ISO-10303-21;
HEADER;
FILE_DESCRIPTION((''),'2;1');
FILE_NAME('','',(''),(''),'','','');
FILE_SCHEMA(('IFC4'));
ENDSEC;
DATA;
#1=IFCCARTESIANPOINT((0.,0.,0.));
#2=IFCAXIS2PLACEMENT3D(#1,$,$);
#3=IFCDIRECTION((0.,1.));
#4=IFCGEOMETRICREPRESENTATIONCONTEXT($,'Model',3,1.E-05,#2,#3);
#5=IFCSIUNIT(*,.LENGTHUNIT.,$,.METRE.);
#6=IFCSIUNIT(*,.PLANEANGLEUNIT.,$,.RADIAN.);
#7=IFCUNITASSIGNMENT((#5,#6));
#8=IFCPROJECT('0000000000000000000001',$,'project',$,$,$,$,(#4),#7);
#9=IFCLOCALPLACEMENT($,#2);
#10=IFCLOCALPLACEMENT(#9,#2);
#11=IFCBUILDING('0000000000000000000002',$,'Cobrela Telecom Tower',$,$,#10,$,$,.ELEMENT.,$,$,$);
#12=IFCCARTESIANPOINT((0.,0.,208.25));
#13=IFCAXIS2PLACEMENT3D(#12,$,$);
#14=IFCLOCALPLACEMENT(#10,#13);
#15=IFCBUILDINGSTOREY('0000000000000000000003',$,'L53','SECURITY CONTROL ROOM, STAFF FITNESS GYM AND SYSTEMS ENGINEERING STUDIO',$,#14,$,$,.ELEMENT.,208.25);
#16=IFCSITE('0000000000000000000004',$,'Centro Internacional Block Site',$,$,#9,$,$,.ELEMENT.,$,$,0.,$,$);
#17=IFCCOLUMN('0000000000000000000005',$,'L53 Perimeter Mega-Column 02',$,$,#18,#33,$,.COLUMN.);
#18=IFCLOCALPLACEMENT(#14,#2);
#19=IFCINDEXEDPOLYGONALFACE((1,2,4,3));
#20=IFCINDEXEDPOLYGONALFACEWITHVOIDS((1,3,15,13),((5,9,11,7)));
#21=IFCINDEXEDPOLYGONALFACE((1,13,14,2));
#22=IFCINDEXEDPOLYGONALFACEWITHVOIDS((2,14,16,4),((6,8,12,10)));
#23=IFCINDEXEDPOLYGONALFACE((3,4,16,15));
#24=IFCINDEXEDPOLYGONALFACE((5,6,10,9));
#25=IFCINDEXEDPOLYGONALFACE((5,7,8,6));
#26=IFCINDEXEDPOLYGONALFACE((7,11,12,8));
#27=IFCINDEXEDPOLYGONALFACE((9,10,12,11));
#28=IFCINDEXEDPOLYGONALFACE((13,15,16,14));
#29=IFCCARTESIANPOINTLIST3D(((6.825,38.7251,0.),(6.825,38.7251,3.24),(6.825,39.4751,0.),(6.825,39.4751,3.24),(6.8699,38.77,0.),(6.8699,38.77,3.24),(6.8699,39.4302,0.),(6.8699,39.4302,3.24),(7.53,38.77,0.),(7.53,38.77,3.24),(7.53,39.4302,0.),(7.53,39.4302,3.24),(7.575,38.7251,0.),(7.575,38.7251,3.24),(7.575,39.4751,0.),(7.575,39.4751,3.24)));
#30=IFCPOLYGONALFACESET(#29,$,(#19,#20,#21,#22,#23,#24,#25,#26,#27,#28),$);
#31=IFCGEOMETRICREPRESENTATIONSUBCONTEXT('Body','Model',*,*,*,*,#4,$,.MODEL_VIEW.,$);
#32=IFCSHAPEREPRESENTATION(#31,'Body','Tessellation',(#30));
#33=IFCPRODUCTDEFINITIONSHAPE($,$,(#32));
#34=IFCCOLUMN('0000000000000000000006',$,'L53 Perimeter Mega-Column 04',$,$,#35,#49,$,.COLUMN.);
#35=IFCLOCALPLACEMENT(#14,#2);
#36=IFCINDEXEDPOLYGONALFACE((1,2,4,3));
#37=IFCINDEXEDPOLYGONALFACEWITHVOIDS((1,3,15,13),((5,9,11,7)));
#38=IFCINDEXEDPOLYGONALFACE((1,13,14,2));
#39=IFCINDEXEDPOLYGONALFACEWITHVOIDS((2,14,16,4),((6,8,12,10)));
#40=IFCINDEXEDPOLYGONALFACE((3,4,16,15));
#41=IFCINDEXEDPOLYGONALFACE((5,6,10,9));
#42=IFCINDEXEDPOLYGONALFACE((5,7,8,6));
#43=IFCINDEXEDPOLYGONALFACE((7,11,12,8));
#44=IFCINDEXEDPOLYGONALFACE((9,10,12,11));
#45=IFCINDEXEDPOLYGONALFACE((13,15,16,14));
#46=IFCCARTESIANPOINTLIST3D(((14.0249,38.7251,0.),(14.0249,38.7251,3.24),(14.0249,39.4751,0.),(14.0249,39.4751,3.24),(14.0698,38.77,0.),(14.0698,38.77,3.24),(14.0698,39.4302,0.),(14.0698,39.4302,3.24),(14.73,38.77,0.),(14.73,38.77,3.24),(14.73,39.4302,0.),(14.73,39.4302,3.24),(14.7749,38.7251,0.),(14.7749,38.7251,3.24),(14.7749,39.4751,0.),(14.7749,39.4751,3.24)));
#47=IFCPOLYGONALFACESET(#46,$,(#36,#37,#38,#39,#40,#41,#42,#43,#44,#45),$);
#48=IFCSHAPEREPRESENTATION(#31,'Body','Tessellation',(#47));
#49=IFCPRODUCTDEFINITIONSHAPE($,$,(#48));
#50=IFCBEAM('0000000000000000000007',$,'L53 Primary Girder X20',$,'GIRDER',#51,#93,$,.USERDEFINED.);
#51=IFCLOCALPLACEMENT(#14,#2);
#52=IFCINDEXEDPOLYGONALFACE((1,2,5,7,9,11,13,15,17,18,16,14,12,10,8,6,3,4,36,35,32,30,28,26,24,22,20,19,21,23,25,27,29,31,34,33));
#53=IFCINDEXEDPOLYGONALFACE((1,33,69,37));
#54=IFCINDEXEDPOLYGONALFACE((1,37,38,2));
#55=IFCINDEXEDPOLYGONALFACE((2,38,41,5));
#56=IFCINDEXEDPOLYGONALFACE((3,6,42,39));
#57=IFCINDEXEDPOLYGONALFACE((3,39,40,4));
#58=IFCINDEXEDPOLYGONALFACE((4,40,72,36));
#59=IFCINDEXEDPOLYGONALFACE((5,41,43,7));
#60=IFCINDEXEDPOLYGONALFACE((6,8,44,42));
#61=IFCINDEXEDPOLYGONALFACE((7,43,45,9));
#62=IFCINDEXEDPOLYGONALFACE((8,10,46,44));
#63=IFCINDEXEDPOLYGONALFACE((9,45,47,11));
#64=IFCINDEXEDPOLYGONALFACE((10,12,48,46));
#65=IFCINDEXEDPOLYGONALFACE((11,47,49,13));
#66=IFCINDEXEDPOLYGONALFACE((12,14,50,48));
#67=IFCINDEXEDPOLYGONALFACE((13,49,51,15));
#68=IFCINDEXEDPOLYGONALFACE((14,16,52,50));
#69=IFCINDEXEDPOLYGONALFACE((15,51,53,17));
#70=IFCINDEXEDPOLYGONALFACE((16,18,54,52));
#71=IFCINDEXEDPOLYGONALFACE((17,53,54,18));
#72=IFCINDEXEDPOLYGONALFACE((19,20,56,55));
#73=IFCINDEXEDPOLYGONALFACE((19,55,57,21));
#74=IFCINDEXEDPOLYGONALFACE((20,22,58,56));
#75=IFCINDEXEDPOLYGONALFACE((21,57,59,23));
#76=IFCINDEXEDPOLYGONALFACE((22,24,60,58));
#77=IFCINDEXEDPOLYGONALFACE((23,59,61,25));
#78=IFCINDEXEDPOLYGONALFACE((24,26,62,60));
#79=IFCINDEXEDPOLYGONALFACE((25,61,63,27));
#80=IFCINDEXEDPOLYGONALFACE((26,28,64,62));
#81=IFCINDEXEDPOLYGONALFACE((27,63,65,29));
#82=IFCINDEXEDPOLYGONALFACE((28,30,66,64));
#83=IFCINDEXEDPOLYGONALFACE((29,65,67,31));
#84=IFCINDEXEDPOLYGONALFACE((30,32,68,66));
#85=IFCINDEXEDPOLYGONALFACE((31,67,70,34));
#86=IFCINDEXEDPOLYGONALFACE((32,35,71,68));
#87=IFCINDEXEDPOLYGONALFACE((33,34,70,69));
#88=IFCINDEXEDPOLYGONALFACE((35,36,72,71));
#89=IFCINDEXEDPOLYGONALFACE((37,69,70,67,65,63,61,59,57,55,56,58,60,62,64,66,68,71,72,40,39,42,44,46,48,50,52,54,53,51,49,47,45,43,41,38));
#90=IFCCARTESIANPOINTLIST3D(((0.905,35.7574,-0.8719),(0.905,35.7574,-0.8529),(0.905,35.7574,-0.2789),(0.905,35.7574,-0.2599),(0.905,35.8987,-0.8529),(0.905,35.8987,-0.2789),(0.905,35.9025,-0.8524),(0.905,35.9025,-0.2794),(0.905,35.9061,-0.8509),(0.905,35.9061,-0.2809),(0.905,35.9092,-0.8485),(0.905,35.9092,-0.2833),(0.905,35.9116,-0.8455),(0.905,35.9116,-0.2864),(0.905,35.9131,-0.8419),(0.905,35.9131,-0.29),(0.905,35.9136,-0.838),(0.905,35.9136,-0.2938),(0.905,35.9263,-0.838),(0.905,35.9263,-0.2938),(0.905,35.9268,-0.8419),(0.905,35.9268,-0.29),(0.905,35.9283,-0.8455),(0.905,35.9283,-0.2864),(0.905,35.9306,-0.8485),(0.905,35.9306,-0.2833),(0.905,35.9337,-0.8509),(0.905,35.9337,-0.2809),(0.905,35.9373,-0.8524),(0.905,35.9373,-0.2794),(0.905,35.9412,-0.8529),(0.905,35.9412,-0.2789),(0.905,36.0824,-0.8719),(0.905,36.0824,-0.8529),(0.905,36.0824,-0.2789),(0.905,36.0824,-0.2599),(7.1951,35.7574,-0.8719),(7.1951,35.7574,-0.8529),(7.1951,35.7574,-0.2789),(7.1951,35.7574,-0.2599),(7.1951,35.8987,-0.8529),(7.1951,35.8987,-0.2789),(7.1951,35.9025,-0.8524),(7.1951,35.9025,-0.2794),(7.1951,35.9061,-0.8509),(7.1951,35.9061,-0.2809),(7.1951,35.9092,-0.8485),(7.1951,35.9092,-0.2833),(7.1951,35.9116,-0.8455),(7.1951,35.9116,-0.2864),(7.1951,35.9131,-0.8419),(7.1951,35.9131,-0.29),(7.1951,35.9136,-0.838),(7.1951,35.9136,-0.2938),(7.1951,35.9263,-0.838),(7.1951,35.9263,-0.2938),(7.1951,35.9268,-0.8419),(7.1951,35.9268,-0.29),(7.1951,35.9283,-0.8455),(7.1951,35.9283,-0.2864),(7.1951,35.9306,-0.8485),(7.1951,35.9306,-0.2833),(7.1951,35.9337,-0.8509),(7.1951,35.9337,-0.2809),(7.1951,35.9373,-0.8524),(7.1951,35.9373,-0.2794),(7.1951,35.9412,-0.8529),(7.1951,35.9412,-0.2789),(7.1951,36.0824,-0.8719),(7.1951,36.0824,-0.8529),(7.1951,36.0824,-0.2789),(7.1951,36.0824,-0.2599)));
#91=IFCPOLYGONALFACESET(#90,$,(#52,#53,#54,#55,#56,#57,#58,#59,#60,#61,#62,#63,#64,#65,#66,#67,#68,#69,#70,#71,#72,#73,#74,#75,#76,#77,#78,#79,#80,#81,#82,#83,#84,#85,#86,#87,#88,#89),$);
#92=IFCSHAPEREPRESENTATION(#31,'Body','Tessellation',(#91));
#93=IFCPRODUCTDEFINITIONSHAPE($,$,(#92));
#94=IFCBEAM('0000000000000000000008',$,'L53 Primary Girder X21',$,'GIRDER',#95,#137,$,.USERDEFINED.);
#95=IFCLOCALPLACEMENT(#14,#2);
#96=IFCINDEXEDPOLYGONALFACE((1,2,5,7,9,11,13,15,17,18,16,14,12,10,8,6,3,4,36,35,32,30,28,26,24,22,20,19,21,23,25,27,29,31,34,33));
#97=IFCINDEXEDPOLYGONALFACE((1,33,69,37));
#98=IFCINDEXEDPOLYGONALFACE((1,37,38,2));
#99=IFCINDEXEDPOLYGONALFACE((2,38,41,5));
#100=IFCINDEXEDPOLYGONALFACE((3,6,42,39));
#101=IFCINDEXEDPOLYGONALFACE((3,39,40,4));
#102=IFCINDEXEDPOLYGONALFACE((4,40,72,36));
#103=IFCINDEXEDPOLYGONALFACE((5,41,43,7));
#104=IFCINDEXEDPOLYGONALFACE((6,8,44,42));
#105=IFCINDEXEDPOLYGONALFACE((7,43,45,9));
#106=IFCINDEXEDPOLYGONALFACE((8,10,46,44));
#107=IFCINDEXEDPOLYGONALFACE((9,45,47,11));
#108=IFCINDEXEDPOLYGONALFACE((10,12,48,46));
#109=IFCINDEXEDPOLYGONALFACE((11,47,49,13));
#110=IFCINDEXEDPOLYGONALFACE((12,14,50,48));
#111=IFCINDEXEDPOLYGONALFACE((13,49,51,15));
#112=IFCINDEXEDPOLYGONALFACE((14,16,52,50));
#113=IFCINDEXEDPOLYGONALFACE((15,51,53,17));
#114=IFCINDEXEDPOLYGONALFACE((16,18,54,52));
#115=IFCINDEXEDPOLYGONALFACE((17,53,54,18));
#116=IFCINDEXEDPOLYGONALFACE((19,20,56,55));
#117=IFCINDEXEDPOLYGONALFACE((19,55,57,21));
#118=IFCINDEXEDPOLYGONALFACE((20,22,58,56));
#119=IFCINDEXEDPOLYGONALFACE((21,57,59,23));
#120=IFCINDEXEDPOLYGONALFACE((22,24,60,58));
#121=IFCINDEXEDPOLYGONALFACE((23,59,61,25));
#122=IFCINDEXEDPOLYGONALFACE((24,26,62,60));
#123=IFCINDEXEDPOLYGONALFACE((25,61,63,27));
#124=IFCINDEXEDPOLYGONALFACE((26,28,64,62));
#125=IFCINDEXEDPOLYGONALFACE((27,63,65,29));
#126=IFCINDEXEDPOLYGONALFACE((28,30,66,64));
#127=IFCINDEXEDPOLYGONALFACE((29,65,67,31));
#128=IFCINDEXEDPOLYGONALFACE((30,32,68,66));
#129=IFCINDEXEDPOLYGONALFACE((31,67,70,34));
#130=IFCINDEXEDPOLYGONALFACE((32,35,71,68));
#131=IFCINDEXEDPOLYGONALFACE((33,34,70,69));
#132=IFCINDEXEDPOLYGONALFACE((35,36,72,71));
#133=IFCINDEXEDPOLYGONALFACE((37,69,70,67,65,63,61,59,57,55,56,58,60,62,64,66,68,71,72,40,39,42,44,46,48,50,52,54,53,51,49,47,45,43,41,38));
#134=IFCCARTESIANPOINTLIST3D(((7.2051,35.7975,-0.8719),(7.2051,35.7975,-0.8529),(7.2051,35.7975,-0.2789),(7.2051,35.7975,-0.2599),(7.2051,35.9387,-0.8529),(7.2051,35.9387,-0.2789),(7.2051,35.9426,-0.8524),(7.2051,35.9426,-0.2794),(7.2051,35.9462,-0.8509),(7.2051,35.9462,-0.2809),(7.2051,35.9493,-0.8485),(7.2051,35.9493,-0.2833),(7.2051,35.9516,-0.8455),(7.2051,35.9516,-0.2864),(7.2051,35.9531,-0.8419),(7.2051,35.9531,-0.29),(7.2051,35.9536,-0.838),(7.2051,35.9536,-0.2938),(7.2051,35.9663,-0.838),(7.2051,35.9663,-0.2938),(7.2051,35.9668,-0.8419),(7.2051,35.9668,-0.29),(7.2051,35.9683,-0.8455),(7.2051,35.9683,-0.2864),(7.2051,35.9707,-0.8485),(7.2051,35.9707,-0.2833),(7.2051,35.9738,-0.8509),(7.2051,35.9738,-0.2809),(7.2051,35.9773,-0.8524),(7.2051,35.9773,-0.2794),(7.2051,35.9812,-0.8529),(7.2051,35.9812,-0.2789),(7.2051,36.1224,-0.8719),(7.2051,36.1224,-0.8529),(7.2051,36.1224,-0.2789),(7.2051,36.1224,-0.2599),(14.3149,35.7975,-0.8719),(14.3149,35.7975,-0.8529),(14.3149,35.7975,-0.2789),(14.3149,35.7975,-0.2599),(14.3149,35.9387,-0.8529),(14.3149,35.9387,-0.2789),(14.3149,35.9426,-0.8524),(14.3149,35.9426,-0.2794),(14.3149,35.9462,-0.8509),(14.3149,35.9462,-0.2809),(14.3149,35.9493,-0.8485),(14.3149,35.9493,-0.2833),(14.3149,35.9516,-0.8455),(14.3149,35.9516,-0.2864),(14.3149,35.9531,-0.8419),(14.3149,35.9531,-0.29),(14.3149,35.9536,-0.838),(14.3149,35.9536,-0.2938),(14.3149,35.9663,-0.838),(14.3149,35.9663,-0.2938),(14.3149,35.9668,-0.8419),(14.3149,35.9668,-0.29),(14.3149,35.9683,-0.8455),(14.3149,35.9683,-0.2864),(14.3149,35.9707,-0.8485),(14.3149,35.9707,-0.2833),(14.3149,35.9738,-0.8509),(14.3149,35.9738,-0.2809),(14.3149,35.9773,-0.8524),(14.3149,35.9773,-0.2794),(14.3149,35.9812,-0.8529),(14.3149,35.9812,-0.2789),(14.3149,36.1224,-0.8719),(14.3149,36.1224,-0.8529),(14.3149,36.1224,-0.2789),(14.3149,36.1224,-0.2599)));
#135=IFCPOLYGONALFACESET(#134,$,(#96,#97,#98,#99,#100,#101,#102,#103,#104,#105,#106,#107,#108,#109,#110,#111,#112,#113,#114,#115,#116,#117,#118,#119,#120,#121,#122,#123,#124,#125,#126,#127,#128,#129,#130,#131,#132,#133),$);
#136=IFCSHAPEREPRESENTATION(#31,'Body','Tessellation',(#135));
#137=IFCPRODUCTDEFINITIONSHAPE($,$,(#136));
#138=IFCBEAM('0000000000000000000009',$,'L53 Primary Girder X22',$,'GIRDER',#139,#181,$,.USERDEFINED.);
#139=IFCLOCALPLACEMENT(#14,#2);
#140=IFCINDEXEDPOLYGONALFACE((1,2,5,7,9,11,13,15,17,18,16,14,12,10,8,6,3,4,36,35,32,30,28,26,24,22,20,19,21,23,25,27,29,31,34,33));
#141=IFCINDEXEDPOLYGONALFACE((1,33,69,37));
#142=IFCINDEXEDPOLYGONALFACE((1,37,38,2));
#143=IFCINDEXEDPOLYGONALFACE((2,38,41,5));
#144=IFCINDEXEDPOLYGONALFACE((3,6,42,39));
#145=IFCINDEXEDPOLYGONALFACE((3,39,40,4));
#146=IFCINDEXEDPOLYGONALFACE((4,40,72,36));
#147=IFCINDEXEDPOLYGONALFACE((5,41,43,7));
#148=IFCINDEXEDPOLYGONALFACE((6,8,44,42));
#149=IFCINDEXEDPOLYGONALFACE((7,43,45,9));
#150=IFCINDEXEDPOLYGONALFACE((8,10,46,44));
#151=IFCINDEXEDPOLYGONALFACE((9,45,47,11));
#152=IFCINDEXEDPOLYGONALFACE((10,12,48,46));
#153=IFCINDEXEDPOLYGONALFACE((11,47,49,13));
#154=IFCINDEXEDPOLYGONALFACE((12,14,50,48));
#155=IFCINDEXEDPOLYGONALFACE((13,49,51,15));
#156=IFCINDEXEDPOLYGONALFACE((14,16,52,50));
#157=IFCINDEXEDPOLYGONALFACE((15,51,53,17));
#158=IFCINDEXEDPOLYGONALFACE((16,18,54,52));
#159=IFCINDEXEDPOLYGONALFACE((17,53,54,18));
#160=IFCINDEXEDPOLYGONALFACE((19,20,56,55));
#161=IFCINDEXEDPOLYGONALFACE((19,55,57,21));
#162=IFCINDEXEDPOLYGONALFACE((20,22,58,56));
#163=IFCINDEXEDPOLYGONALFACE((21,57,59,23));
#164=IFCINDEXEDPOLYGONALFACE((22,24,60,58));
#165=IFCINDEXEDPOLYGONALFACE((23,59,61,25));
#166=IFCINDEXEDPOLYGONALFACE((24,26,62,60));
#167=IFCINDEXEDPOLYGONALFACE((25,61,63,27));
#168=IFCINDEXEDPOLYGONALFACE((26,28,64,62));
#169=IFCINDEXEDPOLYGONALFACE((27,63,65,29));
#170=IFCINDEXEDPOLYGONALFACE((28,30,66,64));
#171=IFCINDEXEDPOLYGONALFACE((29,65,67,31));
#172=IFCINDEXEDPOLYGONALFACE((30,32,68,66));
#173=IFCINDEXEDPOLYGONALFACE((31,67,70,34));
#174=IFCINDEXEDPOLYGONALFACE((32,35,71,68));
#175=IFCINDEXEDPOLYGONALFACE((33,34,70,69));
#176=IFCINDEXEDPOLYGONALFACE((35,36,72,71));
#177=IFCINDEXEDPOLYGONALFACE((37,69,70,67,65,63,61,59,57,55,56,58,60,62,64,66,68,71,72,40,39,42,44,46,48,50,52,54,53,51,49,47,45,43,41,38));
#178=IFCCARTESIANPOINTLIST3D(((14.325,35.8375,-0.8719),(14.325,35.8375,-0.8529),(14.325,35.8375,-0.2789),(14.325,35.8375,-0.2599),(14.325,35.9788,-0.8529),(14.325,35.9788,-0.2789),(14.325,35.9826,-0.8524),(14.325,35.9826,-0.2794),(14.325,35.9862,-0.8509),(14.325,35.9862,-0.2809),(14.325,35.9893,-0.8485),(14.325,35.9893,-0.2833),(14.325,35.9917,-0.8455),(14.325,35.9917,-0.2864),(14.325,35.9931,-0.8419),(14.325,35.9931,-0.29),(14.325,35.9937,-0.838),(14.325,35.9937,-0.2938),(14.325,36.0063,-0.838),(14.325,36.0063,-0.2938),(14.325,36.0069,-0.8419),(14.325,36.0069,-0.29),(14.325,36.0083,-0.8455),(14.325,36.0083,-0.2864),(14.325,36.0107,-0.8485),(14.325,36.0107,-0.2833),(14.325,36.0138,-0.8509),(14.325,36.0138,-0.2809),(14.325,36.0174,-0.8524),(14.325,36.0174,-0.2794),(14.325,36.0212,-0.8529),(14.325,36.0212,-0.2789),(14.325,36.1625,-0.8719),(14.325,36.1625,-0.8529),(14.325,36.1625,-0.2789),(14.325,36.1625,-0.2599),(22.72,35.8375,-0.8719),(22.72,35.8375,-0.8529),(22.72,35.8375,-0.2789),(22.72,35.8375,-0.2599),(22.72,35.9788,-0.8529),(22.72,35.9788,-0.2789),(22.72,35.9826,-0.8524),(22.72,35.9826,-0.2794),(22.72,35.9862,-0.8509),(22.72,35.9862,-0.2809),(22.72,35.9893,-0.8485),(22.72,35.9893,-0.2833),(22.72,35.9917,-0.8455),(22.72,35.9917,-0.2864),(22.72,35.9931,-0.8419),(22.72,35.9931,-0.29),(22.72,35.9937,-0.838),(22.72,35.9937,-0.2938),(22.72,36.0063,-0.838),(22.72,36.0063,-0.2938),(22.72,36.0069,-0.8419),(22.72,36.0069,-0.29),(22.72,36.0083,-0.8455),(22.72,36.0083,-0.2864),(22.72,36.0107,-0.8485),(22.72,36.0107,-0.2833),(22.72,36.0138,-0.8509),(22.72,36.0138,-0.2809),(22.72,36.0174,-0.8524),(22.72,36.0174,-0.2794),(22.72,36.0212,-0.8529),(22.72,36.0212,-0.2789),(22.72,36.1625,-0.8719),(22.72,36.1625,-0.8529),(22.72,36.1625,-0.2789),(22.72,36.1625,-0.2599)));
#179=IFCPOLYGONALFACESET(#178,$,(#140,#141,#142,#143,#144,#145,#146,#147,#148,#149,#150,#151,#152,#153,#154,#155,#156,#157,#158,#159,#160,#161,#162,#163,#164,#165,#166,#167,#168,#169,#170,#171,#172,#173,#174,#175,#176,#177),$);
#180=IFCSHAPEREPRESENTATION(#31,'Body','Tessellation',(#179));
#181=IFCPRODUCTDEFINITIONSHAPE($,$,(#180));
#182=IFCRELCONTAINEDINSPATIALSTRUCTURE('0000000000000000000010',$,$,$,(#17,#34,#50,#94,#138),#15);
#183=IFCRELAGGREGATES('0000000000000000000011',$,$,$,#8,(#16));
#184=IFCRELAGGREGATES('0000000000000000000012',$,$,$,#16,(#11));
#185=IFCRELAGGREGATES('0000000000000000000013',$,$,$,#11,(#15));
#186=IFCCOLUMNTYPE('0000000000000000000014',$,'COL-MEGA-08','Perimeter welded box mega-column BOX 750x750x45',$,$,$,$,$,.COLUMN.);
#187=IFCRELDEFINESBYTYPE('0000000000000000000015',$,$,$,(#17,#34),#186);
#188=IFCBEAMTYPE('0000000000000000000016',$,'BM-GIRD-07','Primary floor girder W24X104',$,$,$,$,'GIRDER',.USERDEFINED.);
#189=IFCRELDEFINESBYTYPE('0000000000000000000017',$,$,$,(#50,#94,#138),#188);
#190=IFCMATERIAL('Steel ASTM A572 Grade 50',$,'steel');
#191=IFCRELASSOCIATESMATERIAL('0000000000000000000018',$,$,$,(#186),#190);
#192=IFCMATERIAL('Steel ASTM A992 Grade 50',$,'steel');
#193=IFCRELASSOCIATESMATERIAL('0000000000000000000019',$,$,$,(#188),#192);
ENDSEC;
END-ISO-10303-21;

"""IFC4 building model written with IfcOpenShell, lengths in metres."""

from ifc_helpers import new_model, si_unit, direction, frame, origin, origin_2d, place, context, subcontext, project, spatial, hollow_rectangle, i_section, extrude, material, material_profile, profile_set, type_object, element, save


model = new_model("IFC4")

# Units and contexts
model_context = context("Model", 3, precision=1e-05, world=origin(), true_north=direction((0.0, 1.0)))
body_context = subcontext(model_context, "Body", "Model", "MODEL_VIEW")
ifc_project = project(units=[si_unit("LENGTHUNIT", "METRE"), si_unit("PLANEANGLEUNIT", "RADIAN")], contexts=[model_context])

# Site, building, storey
site_placement = place(None, origin())
site = spatial("IfcSite", under=ifc_project, at=site_placement, Name="Centro Internacional Block Site", CompositionType="ELEMENT", RefElevation=0.0)
building_placement = place(site_placement, origin())
building = spatial("IfcBuilding", under=site, at=building_placement, Name="Cobrela Telecom Tower", CompositionType="ELEMENT")
storey_placement = place(building_placement, frame((0.0, 0.0, 208.25)))
storey = spatial("IfcBuildingStorey", under=building, at=storey_placement, Name="L53", Description="SECURITY CONTROL ROOM, STAFF FITNESS GYM AND SYSTEMS ENGINEERING STUDIO", CompositionType="ELEMENT", Elevation=208.25)

# Columns
ifc_material_1 = material(Name="Steel ASTM A572 Grade 50", Category="steel")
ifc_material_profile_1 = material_profile(ifc_material_1, hollow_rectangle(XDim=0.75, YDim=0.75, WallThickness=0.0449, at=origin_2d()), Name="BOX 750x750x45")
ifc_profile_set_1 = profile_set([ifc_material_profile_1], Name="Steel ASTM A572 Grade 50")
column_type = type_object("IfcColumnType", Name="COL-MEGA-08", Description="Perimeter welded box mega-column BOX 750x750x45", PredefinedType="COLUMN", material=ifc_profile_set_1)
for number, where, z_axis, x_axis, name in (
    (1, (7.2, 39.1001, 0.0), (0.0, 0.0, 1.0), (1.0, 0.0, 0.0), "L53 Perimeter Mega-Column 02"),
    (2, (14.3999, 39.1001, 0.0), (0.0, 0.0, 1.0), (1.0, 0.0, 0.0), "L53 Perimeter Mega-Column 04"),
):
    element("IfcColumn", number, at=place(storey_placement, frame(where, z_axis=z_axis, x_axis=x_axis)), inside=storey, type_object=column_type, Name=name, PredefinedType="COLUMN", context=body_context, shape_type="SweptSolid", body=[
        extrude(hollow_rectangle(XDim=0.75, YDim=0.75, WallThickness=0.0449, at=origin_2d()), origin(), (0.0, 0.0, 1.0), 3.24),
    ])

# Beams
ifc_material_2 = material(Name="Steel ASTM A992 Grade 50", Category="steel")
ifc_material_profile_2 = material_profile(ifc_material_2, i_section(OverallWidth=0.325, OverallDepth=0.6121, WebThickness=0.0127, FlangeThickness=0.019, FilletRadius=0.0149, at=origin_2d()), Name="W24X104")
ifc_profile_set_2 = profile_set([ifc_material_profile_2], Name="Steel ASTM A992 Grade 50")
beam_type_1 = type_object("IfcBeamType", Name="BM-GIRD-07", Description="Primary floor girder W24X104", ElementType="GIRDER", PredefinedType="USERDEFINED", material=ifc_profile_set_2)
beam_1_placement = place(storey_placement, frame((0.905, 35.9199, -0.5659), z_axis=(1.0, 0.0, 0.0), x_axis=(0.0, 1.0, 0.0)))
element("IfcBeam", 3, at=beam_1_placement, inside=storey, type_object=beam_type_1, Name="L53 Primary Girder X20", ObjectType="GIRDER", PredefinedType="USERDEFINED", context=body_context, shape_type="SweptSolid", body=[
    extrude(i_section(OverallWidth=0.325, OverallDepth=0.6121, WebThickness=0.0127, FlangeThickness=0.019, FilletRadius=0.0149, at=origin_2d()), origin(), (0.0, 0.0, 1.0), 6.29),
])
beam_2_placement = place(storey_placement, frame((7.2051, 35.96, -0.5659), z_axis=(1.0, 0.0, 0.0), x_axis=(0.0, 1.0, 0.0)))
element("IfcBeam", 4, at=beam_2_placement, inside=storey, type_object=beam_type_1, Name="L53 Primary Girder X21", ObjectType="GIRDER", PredefinedType="USERDEFINED", context=body_context, shape_type="SweptSolid", body=[
    extrude(i_section(OverallWidth=0.325, OverallDepth=0.6121, WebThickness=0.0127, FlangeThickness=0.019, FilletRadius=0.0149, at=origin_2d()), origin(), (0.0, 0.0, 1.0), 7.1099),
])
beam_3_placement = place(storey_placement, frame((14.325, 36.0, -0.5659), z_axis=(1.0, 0.0, 0.0), x_axis=(0.0, 1.0, 0.0)))
element("IfcBeam", 5, at=beam_3_placement, inside=storey, type_object=beam_type_1, Name="L53 Primary Girder X22", ObjectType="GIRDER", PredefinedType="USERDEFINED", context=body_context, shape_type="SweptSolid", body=[
    extrude(i_section(OverallWidth=0.325, OverallDepth=0.6121, WebThickness=0.0127, FlangeThickness=0.019, FilletRadius=0.0149, at=origin_2d()), origin(), (0.0, 0.0, 1.0), 8.395),
])

save(model, "model.ifc")
